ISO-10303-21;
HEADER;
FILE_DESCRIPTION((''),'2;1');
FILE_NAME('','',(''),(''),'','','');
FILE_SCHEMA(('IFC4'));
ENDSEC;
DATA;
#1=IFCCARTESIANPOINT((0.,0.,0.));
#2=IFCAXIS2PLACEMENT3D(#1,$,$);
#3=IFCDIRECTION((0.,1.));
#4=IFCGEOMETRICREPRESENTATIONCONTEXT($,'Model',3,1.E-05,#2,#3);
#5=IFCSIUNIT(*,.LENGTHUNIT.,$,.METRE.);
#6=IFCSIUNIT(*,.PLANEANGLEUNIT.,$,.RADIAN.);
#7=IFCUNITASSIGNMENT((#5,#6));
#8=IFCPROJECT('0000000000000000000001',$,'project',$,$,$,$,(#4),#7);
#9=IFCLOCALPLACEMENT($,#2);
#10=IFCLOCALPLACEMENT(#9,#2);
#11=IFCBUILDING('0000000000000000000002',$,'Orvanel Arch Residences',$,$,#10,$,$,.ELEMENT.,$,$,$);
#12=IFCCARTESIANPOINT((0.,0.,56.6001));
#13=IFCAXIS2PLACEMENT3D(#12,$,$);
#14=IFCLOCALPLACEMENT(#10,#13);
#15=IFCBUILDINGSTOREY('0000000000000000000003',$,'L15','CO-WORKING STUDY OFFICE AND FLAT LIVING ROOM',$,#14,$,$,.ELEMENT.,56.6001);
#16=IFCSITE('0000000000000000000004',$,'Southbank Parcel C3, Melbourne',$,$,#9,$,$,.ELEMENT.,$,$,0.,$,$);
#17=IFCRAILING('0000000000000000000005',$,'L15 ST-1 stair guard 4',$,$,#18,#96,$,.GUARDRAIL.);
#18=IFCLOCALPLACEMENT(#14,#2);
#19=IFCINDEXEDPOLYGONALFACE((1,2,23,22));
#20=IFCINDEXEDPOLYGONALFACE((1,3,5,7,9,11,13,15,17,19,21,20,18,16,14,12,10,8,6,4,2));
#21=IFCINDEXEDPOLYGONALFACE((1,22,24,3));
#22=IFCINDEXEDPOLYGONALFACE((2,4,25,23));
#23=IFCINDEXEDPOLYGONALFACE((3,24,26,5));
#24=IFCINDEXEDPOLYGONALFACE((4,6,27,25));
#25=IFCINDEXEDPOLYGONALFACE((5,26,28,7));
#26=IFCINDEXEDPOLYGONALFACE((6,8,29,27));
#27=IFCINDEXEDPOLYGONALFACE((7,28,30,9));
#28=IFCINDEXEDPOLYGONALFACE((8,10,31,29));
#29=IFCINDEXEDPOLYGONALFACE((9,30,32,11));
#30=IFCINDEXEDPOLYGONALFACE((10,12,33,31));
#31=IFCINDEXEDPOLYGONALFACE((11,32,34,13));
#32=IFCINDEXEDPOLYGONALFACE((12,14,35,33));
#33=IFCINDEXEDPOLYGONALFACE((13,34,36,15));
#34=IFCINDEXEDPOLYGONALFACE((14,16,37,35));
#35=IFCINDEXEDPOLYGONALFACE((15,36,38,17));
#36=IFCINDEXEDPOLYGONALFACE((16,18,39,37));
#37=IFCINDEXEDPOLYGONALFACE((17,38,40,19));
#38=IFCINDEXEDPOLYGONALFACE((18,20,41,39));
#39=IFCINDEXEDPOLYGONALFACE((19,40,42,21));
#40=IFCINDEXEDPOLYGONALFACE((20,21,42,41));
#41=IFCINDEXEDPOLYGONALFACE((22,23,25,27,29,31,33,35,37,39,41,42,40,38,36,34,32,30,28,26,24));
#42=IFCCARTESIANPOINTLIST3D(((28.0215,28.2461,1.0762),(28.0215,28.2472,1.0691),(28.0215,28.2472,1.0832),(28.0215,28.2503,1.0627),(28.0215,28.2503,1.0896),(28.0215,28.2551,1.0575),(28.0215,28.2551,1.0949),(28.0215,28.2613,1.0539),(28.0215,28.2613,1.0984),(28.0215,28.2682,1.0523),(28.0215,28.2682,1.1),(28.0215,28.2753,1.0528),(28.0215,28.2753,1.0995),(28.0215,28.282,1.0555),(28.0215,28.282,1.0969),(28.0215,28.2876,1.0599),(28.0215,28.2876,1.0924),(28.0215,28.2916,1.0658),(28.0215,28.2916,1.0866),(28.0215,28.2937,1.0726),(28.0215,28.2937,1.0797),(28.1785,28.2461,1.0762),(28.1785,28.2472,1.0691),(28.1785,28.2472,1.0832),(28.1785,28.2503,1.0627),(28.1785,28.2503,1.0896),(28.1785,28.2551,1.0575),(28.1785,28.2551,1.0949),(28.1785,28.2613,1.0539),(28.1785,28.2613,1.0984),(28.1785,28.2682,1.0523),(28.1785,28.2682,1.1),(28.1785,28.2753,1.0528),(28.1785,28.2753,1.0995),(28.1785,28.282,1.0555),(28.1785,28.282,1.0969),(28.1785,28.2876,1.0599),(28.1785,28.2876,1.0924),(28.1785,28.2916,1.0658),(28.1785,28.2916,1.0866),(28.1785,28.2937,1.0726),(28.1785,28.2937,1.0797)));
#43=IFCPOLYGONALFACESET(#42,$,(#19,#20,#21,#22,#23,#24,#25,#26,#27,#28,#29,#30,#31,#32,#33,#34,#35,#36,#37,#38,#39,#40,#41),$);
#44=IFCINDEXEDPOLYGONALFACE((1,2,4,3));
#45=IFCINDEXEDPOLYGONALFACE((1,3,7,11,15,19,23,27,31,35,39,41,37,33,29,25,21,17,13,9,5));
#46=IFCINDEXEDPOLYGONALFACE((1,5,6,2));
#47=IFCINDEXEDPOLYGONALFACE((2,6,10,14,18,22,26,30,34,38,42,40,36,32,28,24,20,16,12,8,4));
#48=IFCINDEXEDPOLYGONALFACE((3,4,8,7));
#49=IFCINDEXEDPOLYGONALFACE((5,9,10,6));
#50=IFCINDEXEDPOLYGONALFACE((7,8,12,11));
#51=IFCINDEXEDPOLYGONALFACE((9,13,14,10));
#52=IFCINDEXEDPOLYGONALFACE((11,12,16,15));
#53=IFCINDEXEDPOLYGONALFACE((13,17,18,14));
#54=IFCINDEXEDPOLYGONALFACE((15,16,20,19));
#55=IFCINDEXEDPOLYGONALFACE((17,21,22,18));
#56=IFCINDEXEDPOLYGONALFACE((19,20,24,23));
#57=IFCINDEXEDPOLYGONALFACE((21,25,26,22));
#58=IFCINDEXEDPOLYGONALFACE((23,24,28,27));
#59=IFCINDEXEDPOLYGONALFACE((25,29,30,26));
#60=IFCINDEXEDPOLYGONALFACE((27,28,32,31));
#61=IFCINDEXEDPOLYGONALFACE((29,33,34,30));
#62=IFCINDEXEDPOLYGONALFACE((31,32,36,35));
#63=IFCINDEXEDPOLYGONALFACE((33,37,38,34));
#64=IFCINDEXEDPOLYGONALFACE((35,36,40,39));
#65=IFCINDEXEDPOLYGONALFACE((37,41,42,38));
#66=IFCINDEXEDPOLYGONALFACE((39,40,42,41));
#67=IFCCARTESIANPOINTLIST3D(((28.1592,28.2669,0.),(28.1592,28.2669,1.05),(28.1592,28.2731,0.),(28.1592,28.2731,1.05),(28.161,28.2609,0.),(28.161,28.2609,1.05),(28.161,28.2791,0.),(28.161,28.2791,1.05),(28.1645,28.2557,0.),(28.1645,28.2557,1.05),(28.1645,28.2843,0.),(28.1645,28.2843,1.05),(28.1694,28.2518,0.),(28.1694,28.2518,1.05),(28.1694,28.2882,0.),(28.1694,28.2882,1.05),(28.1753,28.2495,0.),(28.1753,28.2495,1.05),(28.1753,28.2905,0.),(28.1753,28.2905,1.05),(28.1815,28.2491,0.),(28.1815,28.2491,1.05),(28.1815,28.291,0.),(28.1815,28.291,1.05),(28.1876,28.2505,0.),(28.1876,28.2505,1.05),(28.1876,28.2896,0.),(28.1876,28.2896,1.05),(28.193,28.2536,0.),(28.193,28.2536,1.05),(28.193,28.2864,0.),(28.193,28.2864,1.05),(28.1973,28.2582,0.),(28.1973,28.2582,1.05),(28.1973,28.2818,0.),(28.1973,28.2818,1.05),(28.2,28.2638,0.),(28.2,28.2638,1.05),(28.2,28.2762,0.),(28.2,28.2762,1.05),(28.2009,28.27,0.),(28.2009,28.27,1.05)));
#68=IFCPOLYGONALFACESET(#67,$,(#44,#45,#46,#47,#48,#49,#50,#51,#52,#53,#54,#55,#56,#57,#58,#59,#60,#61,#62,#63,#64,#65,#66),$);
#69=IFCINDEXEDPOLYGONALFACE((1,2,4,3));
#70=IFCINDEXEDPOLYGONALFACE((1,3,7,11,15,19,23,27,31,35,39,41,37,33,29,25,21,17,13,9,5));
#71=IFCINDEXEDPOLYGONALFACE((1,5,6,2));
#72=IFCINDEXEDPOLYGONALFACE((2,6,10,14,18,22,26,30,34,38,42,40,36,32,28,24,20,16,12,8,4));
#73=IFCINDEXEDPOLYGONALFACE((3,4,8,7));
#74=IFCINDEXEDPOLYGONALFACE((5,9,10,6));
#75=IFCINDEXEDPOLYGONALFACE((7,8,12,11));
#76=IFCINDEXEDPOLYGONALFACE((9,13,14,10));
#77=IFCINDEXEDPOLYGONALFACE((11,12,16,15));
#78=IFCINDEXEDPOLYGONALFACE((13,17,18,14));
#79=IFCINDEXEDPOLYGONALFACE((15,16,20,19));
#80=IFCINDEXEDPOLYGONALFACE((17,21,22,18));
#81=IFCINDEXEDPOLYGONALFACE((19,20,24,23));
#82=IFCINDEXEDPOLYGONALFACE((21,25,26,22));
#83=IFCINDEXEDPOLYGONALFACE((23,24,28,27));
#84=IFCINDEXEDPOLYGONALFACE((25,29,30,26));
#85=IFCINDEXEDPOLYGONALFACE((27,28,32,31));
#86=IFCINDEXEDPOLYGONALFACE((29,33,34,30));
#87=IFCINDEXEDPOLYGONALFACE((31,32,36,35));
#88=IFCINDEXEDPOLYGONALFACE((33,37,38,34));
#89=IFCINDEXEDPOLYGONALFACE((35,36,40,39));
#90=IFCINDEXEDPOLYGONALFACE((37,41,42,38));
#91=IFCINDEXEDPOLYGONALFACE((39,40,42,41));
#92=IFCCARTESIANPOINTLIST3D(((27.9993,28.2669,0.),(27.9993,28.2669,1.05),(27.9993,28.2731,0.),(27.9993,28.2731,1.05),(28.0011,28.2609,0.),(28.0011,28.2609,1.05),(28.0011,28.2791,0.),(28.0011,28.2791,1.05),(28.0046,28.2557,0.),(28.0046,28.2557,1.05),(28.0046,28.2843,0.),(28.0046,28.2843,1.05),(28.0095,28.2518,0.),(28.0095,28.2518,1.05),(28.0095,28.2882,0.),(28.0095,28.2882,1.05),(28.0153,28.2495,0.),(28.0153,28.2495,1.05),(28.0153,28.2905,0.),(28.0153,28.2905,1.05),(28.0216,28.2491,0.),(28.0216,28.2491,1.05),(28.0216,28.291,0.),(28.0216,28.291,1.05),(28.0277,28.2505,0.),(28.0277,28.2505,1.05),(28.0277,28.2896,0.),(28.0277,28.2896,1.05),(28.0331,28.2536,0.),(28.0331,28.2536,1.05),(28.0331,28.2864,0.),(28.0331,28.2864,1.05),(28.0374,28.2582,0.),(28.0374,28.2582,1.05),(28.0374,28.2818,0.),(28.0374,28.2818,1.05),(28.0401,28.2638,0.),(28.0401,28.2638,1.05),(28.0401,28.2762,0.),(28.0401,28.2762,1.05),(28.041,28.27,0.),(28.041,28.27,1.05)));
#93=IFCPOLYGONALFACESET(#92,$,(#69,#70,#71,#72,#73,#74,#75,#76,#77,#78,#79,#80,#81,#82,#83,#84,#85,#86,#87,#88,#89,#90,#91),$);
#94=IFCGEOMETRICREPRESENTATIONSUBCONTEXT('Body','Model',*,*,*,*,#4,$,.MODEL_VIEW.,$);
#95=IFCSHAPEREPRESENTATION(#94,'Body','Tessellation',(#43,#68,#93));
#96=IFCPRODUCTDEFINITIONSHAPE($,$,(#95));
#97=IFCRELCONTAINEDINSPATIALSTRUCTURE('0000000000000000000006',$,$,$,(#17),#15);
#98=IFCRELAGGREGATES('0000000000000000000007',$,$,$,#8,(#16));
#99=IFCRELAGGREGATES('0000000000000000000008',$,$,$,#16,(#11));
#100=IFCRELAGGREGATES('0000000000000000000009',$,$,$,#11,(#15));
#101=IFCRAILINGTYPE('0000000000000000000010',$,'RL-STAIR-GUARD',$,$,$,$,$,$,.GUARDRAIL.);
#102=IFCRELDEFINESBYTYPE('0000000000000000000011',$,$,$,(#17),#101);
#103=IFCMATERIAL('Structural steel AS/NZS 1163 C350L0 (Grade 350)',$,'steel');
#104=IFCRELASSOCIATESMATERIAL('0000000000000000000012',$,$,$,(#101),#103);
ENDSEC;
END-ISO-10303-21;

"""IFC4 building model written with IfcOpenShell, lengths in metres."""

from ifc_helpers import new_model, si_unit, direction, frame, origin, origin_2d, place, context, subcontext, project, spatial, circle, extrude, material, type_object, element, save


model = new_model("IFC4")

# Units and contexts
model_context = context("Model", 3, precision=1e-05, world=origin(), true_north=direction((0.0, 1.0)))
body_context = subcontext(model_context, "Body", "Model", "MODEL_VIEW")
ifc_project = project(units=[si_unit("LENGTHUNIT", "METRE"), si_unit("PLANEANGLEUNIT", "RADIAN")], contexts=[model_context])

# Site, building, storey
site_placement = place(None, origin())
site = spatial("IfcSite", under=ifc_project, at=site_placement, Name="Southbank Parcel C3, Melbourne", CompositionType="ELEMENT", RefElevation=0.0)
building_placement = place(site_placement, origin())
building = spatial("IfcBuilding", under=site, at=building_placement, Name="Orvanel Arch Residences", CompositionType="ELEMENT")
storey_placement = place(building_placement, frame((0.0, 0.0, 56.6001)))
storey = spatial("IfcBuildingStorey", under=building, at=storey_placement, Name="L15", Description="CO-WORKING STUDY OFFICE AND FLAT LIVING ROOM", CompositionType="ELEMENT", Elevation=56.6001)

# Railing
ifc_material_1 = material(Name="Structural steel AS/NZS 1163 C350L0 (Grade 350)", Category="steel")
railing_type_1 = type_object("IfcRailingType", Name="RL-STAIR-GUARD", PredefinedType="GUARDRAIL", material=ifc_material_1)
railing_1_placement = place(storey_placement, frame((28.1799, 28.27, 0.0)))
element("IfcRailing", 1, at=railing_1_placement, inside=storey, type_object=railing_type_1, Name="L15 ST-1 stair guard 4", PredefinedType="GUARDRAIL", context=body_context, shape_type="SweptSolid", body=[
    extrude(circle(Radius=0.0239, at=origin_2d()), frame((-0.0015, 0.0, 1.0762), z_axis=(-1.0, 0.0, 0.0), x_axis=(0.0, -1.0, 0.0)), (0.0, 0.0, 1.0), 0.157),
    extrude(circle(Radius=0.021, at=origin_2d()), origin(), (0.0, 0.0, 1.0), 1.05),
    extrude(circle(Radius=0.021, at=origin_2d()), frame((-0.1599, 0.0, 0.0)), (0.0, 0.0, 1.0), 1.05),
])

save(model, "model.ifc")
